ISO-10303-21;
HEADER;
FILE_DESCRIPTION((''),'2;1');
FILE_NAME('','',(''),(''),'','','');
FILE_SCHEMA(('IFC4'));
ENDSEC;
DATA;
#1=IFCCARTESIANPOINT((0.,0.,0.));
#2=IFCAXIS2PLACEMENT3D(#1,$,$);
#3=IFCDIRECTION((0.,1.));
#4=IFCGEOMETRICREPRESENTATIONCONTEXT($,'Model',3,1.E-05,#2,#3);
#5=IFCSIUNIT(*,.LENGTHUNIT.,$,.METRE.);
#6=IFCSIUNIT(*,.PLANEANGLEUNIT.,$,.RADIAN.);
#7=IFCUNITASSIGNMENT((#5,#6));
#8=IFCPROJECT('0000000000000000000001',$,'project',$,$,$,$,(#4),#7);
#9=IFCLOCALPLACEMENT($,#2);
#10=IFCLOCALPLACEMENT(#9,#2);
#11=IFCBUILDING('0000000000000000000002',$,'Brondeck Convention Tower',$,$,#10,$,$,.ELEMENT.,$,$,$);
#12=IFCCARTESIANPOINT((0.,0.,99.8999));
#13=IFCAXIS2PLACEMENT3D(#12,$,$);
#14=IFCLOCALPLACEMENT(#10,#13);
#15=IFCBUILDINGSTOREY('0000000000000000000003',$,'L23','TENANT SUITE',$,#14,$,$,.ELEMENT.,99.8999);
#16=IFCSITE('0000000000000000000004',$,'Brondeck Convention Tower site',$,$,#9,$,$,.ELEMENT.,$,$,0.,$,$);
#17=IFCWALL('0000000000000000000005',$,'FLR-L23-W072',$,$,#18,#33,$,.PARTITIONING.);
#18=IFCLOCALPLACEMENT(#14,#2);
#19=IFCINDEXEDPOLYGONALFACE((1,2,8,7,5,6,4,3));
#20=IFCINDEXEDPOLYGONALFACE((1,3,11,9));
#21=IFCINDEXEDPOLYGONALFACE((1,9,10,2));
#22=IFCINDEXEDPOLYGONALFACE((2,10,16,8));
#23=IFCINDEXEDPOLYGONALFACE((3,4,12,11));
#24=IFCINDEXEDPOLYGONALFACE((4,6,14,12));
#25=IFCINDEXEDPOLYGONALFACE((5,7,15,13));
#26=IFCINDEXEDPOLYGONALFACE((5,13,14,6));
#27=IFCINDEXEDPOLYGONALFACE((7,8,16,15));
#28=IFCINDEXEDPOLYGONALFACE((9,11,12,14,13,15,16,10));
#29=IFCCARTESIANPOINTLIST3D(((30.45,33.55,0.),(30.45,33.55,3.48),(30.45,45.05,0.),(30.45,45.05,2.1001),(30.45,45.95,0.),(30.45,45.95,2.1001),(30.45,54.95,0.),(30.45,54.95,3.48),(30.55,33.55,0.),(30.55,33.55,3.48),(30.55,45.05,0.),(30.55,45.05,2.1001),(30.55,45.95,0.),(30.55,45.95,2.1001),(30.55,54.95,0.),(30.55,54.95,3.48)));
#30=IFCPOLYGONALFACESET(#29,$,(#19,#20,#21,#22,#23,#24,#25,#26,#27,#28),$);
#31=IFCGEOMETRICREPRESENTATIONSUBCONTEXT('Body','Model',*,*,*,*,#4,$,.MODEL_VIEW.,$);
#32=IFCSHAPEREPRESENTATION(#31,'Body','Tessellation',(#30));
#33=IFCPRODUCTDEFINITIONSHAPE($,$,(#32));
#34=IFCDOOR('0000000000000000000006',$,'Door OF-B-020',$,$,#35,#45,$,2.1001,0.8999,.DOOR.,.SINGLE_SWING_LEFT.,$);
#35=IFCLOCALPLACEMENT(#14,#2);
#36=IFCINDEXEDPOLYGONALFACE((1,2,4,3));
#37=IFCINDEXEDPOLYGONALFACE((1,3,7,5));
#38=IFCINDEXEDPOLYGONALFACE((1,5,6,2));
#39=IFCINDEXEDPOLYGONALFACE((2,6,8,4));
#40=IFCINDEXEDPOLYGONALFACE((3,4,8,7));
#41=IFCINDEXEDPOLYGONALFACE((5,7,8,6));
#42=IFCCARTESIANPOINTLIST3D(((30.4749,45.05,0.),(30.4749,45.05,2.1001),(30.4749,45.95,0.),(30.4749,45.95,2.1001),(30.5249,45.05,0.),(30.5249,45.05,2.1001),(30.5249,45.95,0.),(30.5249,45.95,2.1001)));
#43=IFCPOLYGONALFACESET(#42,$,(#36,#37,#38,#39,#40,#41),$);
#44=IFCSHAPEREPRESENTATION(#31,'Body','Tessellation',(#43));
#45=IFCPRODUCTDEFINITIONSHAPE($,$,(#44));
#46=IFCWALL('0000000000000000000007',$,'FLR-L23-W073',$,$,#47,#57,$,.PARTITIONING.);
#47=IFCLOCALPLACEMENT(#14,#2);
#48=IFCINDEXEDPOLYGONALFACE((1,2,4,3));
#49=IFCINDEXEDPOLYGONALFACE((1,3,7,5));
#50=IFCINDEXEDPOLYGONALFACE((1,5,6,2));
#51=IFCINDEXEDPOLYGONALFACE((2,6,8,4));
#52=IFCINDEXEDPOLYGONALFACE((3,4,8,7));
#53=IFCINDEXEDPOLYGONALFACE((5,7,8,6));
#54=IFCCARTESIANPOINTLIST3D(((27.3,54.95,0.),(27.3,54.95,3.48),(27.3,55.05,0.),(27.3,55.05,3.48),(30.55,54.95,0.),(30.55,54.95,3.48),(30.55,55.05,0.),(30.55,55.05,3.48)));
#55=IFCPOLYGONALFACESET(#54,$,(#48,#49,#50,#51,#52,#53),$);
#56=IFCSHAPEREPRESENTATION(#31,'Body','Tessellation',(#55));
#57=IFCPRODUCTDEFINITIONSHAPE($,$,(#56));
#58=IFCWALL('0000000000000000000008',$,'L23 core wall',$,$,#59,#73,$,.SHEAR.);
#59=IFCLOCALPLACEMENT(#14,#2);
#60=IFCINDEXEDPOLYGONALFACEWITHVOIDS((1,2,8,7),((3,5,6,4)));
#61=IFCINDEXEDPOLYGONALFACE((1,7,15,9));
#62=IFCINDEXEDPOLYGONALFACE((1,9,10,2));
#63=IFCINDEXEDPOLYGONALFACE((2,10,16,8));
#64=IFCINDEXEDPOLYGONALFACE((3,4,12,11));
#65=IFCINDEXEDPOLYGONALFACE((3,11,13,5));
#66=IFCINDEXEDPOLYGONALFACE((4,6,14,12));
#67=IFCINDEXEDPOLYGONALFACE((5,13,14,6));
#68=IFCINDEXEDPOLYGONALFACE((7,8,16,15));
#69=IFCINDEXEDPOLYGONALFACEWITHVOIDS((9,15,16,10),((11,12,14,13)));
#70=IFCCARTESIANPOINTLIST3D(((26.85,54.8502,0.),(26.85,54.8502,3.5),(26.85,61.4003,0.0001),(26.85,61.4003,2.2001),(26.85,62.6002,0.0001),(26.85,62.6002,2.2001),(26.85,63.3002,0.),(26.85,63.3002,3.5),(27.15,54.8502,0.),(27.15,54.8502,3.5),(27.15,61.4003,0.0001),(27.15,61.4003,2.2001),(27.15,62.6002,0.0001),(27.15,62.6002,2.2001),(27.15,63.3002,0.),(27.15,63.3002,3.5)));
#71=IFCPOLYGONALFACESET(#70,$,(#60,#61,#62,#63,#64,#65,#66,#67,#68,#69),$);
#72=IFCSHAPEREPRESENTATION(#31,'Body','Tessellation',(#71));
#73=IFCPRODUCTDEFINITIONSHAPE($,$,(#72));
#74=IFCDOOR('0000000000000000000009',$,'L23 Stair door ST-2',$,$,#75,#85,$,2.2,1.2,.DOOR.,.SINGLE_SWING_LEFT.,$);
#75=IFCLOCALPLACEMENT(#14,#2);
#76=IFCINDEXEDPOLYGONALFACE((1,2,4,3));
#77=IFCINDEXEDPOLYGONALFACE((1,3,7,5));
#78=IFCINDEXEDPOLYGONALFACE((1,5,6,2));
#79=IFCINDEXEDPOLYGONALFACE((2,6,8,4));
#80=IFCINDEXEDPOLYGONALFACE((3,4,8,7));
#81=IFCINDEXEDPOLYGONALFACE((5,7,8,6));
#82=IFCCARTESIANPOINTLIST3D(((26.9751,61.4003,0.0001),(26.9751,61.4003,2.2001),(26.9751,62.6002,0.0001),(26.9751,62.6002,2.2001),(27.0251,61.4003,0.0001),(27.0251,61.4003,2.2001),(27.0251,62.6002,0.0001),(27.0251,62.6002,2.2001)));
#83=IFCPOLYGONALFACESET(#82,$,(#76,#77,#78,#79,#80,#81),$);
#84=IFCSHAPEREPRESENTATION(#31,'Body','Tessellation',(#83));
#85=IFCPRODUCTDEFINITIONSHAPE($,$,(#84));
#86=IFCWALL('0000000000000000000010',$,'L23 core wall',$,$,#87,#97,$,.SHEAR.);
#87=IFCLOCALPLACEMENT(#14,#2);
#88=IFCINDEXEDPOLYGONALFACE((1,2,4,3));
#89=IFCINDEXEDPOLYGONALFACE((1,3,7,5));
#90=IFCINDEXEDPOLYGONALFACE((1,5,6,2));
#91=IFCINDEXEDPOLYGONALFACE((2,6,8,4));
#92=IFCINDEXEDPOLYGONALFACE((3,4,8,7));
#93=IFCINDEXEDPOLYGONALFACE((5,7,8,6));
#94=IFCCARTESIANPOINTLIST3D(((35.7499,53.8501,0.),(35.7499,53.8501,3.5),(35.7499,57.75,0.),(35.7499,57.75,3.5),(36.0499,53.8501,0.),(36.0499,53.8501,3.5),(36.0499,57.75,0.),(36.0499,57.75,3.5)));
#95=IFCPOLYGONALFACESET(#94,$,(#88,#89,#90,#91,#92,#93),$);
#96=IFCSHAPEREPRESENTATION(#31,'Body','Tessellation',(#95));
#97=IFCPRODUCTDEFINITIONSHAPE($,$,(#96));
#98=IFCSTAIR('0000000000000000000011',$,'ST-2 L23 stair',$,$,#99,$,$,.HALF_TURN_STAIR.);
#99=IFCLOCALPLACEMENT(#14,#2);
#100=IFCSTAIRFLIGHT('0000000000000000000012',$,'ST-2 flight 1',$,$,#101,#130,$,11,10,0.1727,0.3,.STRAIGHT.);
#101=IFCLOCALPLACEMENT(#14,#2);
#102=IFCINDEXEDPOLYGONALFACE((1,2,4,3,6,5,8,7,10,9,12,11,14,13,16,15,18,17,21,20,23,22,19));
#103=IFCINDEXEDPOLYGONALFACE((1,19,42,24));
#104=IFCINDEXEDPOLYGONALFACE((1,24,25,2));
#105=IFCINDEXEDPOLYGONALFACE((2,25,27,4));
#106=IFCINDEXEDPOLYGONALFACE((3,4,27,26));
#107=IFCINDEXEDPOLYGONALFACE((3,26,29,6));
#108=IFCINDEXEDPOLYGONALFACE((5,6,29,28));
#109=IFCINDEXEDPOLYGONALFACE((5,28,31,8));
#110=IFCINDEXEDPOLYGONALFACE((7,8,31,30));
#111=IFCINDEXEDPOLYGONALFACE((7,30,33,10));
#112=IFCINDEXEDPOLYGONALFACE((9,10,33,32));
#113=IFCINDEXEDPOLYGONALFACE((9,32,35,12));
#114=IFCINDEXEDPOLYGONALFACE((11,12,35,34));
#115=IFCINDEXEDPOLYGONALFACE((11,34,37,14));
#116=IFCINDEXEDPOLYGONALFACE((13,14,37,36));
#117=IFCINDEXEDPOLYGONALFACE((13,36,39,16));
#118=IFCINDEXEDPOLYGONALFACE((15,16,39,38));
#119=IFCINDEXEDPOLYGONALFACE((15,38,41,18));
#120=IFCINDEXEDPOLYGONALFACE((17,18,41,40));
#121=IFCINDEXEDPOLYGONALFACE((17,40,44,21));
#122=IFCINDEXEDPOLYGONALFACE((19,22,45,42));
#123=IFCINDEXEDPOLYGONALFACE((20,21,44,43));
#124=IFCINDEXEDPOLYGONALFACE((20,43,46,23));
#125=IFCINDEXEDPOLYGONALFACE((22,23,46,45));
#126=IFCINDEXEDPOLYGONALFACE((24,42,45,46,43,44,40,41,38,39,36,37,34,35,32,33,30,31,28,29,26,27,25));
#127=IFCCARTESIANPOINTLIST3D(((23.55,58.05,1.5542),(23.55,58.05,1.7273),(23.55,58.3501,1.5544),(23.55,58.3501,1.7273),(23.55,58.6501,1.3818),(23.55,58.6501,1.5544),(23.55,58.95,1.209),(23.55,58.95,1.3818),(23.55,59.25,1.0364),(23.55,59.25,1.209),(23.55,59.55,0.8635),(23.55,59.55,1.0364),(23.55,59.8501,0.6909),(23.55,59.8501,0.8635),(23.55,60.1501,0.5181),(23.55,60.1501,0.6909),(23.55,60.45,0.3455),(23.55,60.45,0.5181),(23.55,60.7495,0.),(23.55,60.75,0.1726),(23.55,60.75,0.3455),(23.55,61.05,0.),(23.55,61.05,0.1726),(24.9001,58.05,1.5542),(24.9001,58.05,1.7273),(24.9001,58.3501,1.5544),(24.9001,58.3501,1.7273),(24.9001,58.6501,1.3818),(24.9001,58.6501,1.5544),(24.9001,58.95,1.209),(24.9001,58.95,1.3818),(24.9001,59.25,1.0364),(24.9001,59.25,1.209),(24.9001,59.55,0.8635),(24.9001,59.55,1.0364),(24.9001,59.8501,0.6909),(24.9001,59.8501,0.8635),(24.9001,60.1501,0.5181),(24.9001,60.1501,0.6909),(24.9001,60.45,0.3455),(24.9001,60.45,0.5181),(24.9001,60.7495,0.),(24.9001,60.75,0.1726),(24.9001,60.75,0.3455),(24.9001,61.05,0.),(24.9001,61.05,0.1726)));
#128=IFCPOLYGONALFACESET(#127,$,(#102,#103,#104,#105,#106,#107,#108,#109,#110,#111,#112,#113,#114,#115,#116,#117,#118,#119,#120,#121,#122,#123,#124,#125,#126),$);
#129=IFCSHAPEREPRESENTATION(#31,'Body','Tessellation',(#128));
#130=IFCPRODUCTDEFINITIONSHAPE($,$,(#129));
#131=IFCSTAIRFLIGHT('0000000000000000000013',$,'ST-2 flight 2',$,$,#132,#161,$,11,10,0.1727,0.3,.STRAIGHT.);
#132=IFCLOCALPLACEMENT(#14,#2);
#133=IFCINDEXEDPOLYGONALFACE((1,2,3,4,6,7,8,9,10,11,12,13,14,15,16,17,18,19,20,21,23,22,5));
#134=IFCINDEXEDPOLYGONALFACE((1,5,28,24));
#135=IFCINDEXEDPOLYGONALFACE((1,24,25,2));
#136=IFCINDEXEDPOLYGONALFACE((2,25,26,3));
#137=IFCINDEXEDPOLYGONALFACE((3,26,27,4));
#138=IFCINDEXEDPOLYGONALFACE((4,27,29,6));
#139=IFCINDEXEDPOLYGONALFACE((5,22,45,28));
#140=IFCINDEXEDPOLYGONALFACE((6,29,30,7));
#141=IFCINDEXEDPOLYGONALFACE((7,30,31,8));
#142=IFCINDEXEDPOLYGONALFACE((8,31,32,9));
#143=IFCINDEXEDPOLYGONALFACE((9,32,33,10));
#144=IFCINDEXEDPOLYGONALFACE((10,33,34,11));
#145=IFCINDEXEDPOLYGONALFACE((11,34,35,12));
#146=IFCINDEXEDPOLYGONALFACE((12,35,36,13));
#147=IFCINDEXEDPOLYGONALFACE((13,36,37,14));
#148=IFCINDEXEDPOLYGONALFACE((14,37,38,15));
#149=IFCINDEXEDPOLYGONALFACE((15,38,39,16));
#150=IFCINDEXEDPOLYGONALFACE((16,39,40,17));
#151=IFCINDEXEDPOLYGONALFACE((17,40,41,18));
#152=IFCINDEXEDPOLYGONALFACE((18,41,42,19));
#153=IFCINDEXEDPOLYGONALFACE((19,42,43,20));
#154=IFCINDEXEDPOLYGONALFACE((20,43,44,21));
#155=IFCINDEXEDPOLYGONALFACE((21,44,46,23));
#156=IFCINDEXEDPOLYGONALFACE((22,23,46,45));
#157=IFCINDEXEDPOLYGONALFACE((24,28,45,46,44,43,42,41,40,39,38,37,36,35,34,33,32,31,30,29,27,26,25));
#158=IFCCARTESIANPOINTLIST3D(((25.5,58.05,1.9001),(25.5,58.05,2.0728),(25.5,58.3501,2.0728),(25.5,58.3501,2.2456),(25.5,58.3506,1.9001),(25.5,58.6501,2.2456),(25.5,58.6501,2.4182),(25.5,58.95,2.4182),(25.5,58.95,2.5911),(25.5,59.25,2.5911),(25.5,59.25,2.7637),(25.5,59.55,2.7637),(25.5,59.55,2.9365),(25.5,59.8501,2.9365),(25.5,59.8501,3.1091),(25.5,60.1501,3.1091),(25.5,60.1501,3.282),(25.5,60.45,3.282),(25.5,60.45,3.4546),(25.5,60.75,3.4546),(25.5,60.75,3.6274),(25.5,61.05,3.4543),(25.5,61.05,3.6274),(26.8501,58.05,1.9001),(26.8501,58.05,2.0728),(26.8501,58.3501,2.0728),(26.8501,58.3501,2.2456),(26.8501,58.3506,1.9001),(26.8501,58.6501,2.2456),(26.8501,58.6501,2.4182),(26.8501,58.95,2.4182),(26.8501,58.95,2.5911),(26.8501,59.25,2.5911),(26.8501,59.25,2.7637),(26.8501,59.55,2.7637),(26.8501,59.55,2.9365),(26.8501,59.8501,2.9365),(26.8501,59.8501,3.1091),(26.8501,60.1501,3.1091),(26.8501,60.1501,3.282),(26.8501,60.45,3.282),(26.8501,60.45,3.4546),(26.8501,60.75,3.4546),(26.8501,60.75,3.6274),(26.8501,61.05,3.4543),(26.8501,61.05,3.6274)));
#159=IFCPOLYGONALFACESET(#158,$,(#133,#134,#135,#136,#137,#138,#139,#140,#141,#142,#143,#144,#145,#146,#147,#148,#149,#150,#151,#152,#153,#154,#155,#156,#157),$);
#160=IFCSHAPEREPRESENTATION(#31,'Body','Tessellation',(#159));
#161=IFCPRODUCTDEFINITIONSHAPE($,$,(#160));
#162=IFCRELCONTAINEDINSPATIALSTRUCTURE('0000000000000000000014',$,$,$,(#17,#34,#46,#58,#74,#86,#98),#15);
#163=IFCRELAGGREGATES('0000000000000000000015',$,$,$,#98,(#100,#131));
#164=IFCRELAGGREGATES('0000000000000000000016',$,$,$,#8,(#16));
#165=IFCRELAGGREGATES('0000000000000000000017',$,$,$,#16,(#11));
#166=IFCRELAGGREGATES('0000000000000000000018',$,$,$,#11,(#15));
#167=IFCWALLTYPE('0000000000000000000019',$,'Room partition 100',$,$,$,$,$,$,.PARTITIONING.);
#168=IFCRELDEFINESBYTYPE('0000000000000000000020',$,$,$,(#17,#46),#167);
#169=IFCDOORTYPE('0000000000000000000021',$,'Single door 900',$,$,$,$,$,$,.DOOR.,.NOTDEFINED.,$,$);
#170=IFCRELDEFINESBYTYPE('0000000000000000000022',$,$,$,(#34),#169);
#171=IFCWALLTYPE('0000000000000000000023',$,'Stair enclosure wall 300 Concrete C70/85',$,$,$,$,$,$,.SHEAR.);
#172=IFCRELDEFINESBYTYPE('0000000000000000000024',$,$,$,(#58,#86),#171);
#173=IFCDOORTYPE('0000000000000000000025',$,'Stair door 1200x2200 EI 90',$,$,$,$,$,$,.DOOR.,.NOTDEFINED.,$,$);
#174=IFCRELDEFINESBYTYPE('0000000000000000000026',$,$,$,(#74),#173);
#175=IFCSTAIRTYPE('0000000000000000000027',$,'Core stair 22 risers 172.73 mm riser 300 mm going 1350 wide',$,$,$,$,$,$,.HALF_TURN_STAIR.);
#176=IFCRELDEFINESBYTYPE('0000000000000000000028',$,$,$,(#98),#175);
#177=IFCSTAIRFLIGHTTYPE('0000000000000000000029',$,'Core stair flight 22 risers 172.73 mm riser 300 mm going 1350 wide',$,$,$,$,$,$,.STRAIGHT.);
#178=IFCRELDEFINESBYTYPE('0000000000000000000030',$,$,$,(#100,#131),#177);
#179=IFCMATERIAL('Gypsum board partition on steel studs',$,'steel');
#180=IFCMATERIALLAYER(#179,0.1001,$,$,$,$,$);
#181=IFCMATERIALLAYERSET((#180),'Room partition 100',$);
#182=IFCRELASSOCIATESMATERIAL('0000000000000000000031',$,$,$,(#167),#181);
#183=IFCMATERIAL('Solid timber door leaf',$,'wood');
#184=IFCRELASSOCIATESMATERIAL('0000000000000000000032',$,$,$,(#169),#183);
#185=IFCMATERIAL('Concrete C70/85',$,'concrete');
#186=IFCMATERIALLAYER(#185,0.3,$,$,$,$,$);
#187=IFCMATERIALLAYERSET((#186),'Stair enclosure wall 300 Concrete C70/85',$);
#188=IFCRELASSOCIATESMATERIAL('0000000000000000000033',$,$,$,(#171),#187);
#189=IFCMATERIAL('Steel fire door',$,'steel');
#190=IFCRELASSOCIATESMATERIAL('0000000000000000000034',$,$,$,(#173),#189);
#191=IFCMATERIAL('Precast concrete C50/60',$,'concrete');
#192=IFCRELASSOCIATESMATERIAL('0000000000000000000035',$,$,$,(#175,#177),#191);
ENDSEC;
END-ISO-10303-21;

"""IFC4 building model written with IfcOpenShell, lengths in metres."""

from ifc_helpers import new_model, si_unit, direction, frame, frame_2d, origin, place, context, subcontext, project, spatial, polyline, rectangle, outline, extrude, material, layer, layer_set, type_object, element, fill, aggregate, save


model = new_model("IFC4")

# Units and contexts
model_context = context("Model", 3, precision=1e-05, world=origin(), true_north=direction((0.0, 1.0)))
body_context = subcontext(model_context, "Body", "Model", "MODEL_VIEW")
ifc_project = project(units=[si_unit("LENGTHUNIT", "METRE"), si_unit("PLANEANGLEUNIT", "RADIAN")], contexts=[model_context])

# Site, building, storey
site_placement = place(None, origin())
site = spatial("IfcSite", under=ifc_project, at=site_placement, Name="Brondeck Convention Tower site", CompositionType="ELEMENT", RefElevation=0.0)
building_placement = place(site_placement, origin())
building = spatial("IfcBuilding", under=site, at=building_placement, Name="Brondeck Convention Tower", CompositionType="ELEMENT")
storey_placement = place(building_placement, frame((0.0, 0.0, 99.8999)))
storey = spatial("IfcBuildingStorey", under=building, at=storey_placement, Name="L23", Description="TENANT SUITE", CompositionType="ELEMENT", Elevation=99.8999)

# Shared definitions
ifc_material_1 = material(Name="Concrete C70/85", Category="concrete")

# Shared definitions
ifc_material_2 = material(Name="Gypsum board partition on steel studs", Category="steel")
ifc_layer_1 = layer(ifc_material_2, 0.1001)
ifc_layer_set_1 = layer_set([ifc_layer_1], Name="Room partition 100")
wall_type_1 = type_object("IfcWallType", Name="Room partition 100", PredefinedType="PARTITIONING", material=ifc_layer_set_1)

# Wall, opening, door
wall_1_placement = place(storey_placement, frame((30.5, 54.95, 0.0), z_axis=(0.0, 0.0, 1.0), x_axis=(0.0, -1.0, 0.0)))
wall_1 = element("IfcWall", 1, at=wall_1_placement, inside=storey, type_object=wall_type_1, Name="FLR-L23-W072", PredefinedType="PARTITIONING", context=body_context, shape_type="SweptSolid", body=[
    extrude(rectangle(XDim=21.3999, YDim=0.1001, at=frame_2d((10.7, 0.0))), origin(), (0.0, 0.0, 1.0), 3.48),
])
opening_1_placement = place(wall_1_placement, frame((9.0, 0.0, 0.0)))
opening_1 = element("IfcOpeningElement", 2, at=opening_1_placement, cuts=wall_1, PredefinedType="OPENING", context=body_context, shape_type="SweptSolid", body=[
    extrude(rectangle(XDim=0.8999, YDim=2.1001, at=frame_2d((0.45, 1.05))), frame((0.0, 0.0601, 0.0), z_axis=(0.0, -1.0, 0.0), x_axis=(1.0, 0.0, 0.0)), (0.0, 0.0, 1.0), 0.1201),
])
ifc_material_3 = material(Name="Solid timber door leaf", Category="wood")
door_type_1 = type_object("IfcDoorType", Name="Single door 900", OperationType="NOTDEFINED", PredefinedType="DOOR", material=ifc_material_3)
door_1_placement = place(opening_1_placement, origin())
door_1 = element("IfcDoor", 3, at=door_1_placement, inside=storey, type_object=door_type_1, Name="Door OF-B-020", OperationType="SINGLE_SWING_LEFT", OverallHeight=2.1001, OverallWidth=0.8999, PredefinedType="DOOR", context=body_context, shape_type="SweptSolid", body=[
    extrude(rectangle(XDim=0.8999, YDim=2.1001, at=frame_2d((0.45, 1.05))), frame((0.0, 0.0249, 0.0), z_axis=(0.0, -1.0, 0.0), x_axis=(1.0, 0.0, 0.0)), (0.0, 0.0, 1.0), 0.05),
])
fill(opening_1, door_1)

# Wall
wall_2_placement = place(storey_placement, frame((27.3, 55.0, 0.0), z_axis=(0.0, 0.0, 1.0), x_axis=(1.0, 0.0, 0.0)))
element("IfcWall", 4, at=wall_2_placement, inside=storey, type_object=wall_type_1, Name="FLR-L23-W073", PredefinedType="PARTITIONING", context=body_context, shape_type="SweptSolid", body=[
    extrude(rectangle(XDim=3.25, YDim=0.1001, at=frame_2d((1.625, 0.0))), origin(), (0.0, 0.0, 1.0), 3.48),
])

# Wall, opening, door
ifc_layer_2 = layer(ifc_material_1, 0.3)
ifc_layer_set_2 = layer_set([ifc_layer_2], Name="Stair enclosure wall 300 Concrete C70/85")
wall_type_2 = type_object("IfcWallType", Name="Stair enclosure wall 300 Concrete C70/85", PredefinedType="SHEAR", material=ifc_layer_set_2)
wall_3_placement = place(storey_placement, frame((27.0, 54.8501, 0.0), z_axis=(0.0, 0.0, 1.0), x_axis=(0.0, 1.0, 0.0)))
wall_3 = element("IfcWall", 5, at=wall_3_placement, inside=storey, type_object=wall_type_2, Name="L23 core wall", PredefinedType="SHEAR", context=body_context, shape_type="SweptSolid", body=[
    extrude(rectangle(XDim=8.45, YDim=0.3, at=frame_2d((4.2251, 0.0))), origin(), (0.0, 0.0, 1.0), 3.5),
])
opening_2_placement = place(wall_3_placement, frame((6.55, 0.0, 0.0)))
opening_2 = element("IfcOpeningElement", 6, at=opening_2_placement, cuts=wall_3, PredefinedType="OPENING", context=body_context, shape_type="SweptSolid", body=[
    extrude(rectangle(XDim=1.2, YDim=2.2, at=frame_2d((0.6001, 1.1001))), frame((0.0, 0.1599, 0.0), z_axis=(0.0, -1.0, 0.0), x_axis=(1.0, 0.0, 0.0)), (0.0, 0.0, 1.0), 0.3201),
])
ifc_material_4 = material(Name="Steel fire door", Category="steel")
door_type_2 = type_object("IfcDoorType", Name="Stair door 1200x2200 EI 90", OperationType="NOTDEFINED", PredefinedType="DOOR", material=ifc_material_4)
door_2_placement = place(opening_2_placement, origin())
door_2 = element("IfcDoor", 7, at=door_2_placement, inside=storey, type_object=door_type_2, Name="L23 Stair door ST-2", OperationType="SINGLE_SWING_LEFT", OverallHeight=2.2, OverallWidth=1.2, PredefinedType="DOOR", context=body_context, shape_type="SweptSolid", body=[
    extrude(rectangle(XDim=1.2, YDim=2.2, at=frame_2d((0.6001, 1.1001))), frame((0.0, 0.0249, 0.0), z_axis=(0.0, -1.0, 0.0), x_axis=(1.0, 0.0, 0.0)), (0.0, 0.0, 1.0), 0.05),
])
fill(opening_2, door_2)

# Wall
wall_4_placement = place(storey_placement, frame((35.8999, 53.8501, 0.0), z_axis=(0.0, 0.0, 1.0), x_axis=(0.0, 1.0, 0.0)))
element("IfcWall", 8, at=wall_4_placement, inside=storey, type_object=wall_type_2, Name="L23 core wall", PredefinedType="SHEAR", context=body_context, shape_type="SweptSolid", body=[
    extrude(rectangle(XDim=3.8999, YDim=0.3, at=frame_2d((1.95, 0.0))), origin(), (0.0, 0.0, 1.0), 3.5),
])

# Stair, stair flights
ifc_material_5 = material(Name="Precast concrete C50/60", Category="concrete")
stair_type = type_object("IfcStairType", Name="Core stair 22 risers 172.73 mm riser 300 mm going 1350 wide", PredefinedType="HALF_TURN_STAIR", material=ifc_material_5)
stair_placement = place(storey_placement, origin())
stair = element("IfcStair", 9, at=stair_placement, inside=storey, type_object=stair_type, Name="ST-2 L23 stair", PredefinedType="HALF_TURN_STAIR")
stair_flight_type = type_object("IfcStairFlightType", Name="Core stair flight 22 risers 172.73 mm riser 300 mm going 1350 wide", PredefinedType="STRAIGHT", material=ifc_material_5)
stair_flight_1_placement = place(storey_placement, frame((24.2251, 61.05, 0.0), z_axis=(0.0, 0.0, 1.0), x_axis=(0.0, -1.0, 0.0)))
stair_flight_1 = element("IfcStairFlight", 10, at=stair_flight_1_placement, type_object=stair_flight_type, Name="ST-2 flight 1", NumberOfRisers=11, NumberOfTreads=10, PredefinedType="STRAIGHT", RiserHeight=0.1727, TreadLength=0.3, context=body_context, shape_type="SweptSolid", body=[
    extrude(outline(polyline([(0.0, 0.0), (0.0, 0.1726), (0.3, 0.1726), (0.3, 0.3455), (0.6001, 0.3455), (0.6001, 0.5181), (0.8999, 0.5181), (0.8999, 0.6909), (1.2, 0.6909), (1.2, 0.8635), (1.5, 0.8635), (1.5, 1.0364), (1.8, 1.0364), (1.8, 1.209), (2.1001, 1.209), (2.1001, 1.3818), (2.3999, 1.3818), (2.3999, 1.5544), (2.7, 1.5544), (2.7, 1.7273), (3.0, 1.7273), (3.0, 1.8999), (3.0, 1.5542), (0.3005, 0.0), (0.0, 0.0)])), frame((0.0, 0.675, 0.0), z_axis=(0.0, -1.0, 0.0), x_axis=(1.0, 0.0, 0.0)), (0.0, 0.0, 1.0), 1.3501),
])
stair_flight_2_placement = place(storey_placement, frame((26.175, 58.05, 1.9001), z_axis=(0.0, 0.0, 1.0), x_axis=(0.0, 1.0, 0.0)))
stair_flight_2 = element("IfcStairFlight", 11, at=stair_flight_2_placement, type_object=stair_flight_type, Name="ST-2 flight 2", NumberOfRisers=11, NumberOfTreads=10, PredefinedType="STRAIGHT", RiserHeight=0.1727, TreadLength=0.3, context=body_context, shape_type="SweptSolid", body=[
    extrude(outline(polyline([(0.0, 0.0), (0.0, 0.1726), (0.3, 0.1726), (0.3, 0.3455), (0.6001, 0.3455), (0.6001, 0.5181), (0.8999, 0.5181), (0.8999, 0.6909), (1.2, 0.6909), (1.2, 0.8635), (1.5, 0.8635), (1.5, 1.0364), (1.8, 1.0364), (1.8, 1.209), (2.1001, 1.209), (2.1001, 1.3818), (2.3999, 1.3818), (2.3999, 1.5544), (2.7, 1.5544), (2.7, 1.7273), (3.0, 1.7273), (3.0, 1.8999), (3.0, 1.5542), (0.3005, 0.0), (0.0, 0.0)])), frame((0.0, 0.675, 0.0), z_axis=(0.0, -1.0, 0.0), x_axis=(1.0, 0.0, 0.0)), (0.0, 0.0, 1.0), 1.3501),
])
aggregate(stair, [stair_flight_1, stair_flight_2])

save(model, "model.ifc")
